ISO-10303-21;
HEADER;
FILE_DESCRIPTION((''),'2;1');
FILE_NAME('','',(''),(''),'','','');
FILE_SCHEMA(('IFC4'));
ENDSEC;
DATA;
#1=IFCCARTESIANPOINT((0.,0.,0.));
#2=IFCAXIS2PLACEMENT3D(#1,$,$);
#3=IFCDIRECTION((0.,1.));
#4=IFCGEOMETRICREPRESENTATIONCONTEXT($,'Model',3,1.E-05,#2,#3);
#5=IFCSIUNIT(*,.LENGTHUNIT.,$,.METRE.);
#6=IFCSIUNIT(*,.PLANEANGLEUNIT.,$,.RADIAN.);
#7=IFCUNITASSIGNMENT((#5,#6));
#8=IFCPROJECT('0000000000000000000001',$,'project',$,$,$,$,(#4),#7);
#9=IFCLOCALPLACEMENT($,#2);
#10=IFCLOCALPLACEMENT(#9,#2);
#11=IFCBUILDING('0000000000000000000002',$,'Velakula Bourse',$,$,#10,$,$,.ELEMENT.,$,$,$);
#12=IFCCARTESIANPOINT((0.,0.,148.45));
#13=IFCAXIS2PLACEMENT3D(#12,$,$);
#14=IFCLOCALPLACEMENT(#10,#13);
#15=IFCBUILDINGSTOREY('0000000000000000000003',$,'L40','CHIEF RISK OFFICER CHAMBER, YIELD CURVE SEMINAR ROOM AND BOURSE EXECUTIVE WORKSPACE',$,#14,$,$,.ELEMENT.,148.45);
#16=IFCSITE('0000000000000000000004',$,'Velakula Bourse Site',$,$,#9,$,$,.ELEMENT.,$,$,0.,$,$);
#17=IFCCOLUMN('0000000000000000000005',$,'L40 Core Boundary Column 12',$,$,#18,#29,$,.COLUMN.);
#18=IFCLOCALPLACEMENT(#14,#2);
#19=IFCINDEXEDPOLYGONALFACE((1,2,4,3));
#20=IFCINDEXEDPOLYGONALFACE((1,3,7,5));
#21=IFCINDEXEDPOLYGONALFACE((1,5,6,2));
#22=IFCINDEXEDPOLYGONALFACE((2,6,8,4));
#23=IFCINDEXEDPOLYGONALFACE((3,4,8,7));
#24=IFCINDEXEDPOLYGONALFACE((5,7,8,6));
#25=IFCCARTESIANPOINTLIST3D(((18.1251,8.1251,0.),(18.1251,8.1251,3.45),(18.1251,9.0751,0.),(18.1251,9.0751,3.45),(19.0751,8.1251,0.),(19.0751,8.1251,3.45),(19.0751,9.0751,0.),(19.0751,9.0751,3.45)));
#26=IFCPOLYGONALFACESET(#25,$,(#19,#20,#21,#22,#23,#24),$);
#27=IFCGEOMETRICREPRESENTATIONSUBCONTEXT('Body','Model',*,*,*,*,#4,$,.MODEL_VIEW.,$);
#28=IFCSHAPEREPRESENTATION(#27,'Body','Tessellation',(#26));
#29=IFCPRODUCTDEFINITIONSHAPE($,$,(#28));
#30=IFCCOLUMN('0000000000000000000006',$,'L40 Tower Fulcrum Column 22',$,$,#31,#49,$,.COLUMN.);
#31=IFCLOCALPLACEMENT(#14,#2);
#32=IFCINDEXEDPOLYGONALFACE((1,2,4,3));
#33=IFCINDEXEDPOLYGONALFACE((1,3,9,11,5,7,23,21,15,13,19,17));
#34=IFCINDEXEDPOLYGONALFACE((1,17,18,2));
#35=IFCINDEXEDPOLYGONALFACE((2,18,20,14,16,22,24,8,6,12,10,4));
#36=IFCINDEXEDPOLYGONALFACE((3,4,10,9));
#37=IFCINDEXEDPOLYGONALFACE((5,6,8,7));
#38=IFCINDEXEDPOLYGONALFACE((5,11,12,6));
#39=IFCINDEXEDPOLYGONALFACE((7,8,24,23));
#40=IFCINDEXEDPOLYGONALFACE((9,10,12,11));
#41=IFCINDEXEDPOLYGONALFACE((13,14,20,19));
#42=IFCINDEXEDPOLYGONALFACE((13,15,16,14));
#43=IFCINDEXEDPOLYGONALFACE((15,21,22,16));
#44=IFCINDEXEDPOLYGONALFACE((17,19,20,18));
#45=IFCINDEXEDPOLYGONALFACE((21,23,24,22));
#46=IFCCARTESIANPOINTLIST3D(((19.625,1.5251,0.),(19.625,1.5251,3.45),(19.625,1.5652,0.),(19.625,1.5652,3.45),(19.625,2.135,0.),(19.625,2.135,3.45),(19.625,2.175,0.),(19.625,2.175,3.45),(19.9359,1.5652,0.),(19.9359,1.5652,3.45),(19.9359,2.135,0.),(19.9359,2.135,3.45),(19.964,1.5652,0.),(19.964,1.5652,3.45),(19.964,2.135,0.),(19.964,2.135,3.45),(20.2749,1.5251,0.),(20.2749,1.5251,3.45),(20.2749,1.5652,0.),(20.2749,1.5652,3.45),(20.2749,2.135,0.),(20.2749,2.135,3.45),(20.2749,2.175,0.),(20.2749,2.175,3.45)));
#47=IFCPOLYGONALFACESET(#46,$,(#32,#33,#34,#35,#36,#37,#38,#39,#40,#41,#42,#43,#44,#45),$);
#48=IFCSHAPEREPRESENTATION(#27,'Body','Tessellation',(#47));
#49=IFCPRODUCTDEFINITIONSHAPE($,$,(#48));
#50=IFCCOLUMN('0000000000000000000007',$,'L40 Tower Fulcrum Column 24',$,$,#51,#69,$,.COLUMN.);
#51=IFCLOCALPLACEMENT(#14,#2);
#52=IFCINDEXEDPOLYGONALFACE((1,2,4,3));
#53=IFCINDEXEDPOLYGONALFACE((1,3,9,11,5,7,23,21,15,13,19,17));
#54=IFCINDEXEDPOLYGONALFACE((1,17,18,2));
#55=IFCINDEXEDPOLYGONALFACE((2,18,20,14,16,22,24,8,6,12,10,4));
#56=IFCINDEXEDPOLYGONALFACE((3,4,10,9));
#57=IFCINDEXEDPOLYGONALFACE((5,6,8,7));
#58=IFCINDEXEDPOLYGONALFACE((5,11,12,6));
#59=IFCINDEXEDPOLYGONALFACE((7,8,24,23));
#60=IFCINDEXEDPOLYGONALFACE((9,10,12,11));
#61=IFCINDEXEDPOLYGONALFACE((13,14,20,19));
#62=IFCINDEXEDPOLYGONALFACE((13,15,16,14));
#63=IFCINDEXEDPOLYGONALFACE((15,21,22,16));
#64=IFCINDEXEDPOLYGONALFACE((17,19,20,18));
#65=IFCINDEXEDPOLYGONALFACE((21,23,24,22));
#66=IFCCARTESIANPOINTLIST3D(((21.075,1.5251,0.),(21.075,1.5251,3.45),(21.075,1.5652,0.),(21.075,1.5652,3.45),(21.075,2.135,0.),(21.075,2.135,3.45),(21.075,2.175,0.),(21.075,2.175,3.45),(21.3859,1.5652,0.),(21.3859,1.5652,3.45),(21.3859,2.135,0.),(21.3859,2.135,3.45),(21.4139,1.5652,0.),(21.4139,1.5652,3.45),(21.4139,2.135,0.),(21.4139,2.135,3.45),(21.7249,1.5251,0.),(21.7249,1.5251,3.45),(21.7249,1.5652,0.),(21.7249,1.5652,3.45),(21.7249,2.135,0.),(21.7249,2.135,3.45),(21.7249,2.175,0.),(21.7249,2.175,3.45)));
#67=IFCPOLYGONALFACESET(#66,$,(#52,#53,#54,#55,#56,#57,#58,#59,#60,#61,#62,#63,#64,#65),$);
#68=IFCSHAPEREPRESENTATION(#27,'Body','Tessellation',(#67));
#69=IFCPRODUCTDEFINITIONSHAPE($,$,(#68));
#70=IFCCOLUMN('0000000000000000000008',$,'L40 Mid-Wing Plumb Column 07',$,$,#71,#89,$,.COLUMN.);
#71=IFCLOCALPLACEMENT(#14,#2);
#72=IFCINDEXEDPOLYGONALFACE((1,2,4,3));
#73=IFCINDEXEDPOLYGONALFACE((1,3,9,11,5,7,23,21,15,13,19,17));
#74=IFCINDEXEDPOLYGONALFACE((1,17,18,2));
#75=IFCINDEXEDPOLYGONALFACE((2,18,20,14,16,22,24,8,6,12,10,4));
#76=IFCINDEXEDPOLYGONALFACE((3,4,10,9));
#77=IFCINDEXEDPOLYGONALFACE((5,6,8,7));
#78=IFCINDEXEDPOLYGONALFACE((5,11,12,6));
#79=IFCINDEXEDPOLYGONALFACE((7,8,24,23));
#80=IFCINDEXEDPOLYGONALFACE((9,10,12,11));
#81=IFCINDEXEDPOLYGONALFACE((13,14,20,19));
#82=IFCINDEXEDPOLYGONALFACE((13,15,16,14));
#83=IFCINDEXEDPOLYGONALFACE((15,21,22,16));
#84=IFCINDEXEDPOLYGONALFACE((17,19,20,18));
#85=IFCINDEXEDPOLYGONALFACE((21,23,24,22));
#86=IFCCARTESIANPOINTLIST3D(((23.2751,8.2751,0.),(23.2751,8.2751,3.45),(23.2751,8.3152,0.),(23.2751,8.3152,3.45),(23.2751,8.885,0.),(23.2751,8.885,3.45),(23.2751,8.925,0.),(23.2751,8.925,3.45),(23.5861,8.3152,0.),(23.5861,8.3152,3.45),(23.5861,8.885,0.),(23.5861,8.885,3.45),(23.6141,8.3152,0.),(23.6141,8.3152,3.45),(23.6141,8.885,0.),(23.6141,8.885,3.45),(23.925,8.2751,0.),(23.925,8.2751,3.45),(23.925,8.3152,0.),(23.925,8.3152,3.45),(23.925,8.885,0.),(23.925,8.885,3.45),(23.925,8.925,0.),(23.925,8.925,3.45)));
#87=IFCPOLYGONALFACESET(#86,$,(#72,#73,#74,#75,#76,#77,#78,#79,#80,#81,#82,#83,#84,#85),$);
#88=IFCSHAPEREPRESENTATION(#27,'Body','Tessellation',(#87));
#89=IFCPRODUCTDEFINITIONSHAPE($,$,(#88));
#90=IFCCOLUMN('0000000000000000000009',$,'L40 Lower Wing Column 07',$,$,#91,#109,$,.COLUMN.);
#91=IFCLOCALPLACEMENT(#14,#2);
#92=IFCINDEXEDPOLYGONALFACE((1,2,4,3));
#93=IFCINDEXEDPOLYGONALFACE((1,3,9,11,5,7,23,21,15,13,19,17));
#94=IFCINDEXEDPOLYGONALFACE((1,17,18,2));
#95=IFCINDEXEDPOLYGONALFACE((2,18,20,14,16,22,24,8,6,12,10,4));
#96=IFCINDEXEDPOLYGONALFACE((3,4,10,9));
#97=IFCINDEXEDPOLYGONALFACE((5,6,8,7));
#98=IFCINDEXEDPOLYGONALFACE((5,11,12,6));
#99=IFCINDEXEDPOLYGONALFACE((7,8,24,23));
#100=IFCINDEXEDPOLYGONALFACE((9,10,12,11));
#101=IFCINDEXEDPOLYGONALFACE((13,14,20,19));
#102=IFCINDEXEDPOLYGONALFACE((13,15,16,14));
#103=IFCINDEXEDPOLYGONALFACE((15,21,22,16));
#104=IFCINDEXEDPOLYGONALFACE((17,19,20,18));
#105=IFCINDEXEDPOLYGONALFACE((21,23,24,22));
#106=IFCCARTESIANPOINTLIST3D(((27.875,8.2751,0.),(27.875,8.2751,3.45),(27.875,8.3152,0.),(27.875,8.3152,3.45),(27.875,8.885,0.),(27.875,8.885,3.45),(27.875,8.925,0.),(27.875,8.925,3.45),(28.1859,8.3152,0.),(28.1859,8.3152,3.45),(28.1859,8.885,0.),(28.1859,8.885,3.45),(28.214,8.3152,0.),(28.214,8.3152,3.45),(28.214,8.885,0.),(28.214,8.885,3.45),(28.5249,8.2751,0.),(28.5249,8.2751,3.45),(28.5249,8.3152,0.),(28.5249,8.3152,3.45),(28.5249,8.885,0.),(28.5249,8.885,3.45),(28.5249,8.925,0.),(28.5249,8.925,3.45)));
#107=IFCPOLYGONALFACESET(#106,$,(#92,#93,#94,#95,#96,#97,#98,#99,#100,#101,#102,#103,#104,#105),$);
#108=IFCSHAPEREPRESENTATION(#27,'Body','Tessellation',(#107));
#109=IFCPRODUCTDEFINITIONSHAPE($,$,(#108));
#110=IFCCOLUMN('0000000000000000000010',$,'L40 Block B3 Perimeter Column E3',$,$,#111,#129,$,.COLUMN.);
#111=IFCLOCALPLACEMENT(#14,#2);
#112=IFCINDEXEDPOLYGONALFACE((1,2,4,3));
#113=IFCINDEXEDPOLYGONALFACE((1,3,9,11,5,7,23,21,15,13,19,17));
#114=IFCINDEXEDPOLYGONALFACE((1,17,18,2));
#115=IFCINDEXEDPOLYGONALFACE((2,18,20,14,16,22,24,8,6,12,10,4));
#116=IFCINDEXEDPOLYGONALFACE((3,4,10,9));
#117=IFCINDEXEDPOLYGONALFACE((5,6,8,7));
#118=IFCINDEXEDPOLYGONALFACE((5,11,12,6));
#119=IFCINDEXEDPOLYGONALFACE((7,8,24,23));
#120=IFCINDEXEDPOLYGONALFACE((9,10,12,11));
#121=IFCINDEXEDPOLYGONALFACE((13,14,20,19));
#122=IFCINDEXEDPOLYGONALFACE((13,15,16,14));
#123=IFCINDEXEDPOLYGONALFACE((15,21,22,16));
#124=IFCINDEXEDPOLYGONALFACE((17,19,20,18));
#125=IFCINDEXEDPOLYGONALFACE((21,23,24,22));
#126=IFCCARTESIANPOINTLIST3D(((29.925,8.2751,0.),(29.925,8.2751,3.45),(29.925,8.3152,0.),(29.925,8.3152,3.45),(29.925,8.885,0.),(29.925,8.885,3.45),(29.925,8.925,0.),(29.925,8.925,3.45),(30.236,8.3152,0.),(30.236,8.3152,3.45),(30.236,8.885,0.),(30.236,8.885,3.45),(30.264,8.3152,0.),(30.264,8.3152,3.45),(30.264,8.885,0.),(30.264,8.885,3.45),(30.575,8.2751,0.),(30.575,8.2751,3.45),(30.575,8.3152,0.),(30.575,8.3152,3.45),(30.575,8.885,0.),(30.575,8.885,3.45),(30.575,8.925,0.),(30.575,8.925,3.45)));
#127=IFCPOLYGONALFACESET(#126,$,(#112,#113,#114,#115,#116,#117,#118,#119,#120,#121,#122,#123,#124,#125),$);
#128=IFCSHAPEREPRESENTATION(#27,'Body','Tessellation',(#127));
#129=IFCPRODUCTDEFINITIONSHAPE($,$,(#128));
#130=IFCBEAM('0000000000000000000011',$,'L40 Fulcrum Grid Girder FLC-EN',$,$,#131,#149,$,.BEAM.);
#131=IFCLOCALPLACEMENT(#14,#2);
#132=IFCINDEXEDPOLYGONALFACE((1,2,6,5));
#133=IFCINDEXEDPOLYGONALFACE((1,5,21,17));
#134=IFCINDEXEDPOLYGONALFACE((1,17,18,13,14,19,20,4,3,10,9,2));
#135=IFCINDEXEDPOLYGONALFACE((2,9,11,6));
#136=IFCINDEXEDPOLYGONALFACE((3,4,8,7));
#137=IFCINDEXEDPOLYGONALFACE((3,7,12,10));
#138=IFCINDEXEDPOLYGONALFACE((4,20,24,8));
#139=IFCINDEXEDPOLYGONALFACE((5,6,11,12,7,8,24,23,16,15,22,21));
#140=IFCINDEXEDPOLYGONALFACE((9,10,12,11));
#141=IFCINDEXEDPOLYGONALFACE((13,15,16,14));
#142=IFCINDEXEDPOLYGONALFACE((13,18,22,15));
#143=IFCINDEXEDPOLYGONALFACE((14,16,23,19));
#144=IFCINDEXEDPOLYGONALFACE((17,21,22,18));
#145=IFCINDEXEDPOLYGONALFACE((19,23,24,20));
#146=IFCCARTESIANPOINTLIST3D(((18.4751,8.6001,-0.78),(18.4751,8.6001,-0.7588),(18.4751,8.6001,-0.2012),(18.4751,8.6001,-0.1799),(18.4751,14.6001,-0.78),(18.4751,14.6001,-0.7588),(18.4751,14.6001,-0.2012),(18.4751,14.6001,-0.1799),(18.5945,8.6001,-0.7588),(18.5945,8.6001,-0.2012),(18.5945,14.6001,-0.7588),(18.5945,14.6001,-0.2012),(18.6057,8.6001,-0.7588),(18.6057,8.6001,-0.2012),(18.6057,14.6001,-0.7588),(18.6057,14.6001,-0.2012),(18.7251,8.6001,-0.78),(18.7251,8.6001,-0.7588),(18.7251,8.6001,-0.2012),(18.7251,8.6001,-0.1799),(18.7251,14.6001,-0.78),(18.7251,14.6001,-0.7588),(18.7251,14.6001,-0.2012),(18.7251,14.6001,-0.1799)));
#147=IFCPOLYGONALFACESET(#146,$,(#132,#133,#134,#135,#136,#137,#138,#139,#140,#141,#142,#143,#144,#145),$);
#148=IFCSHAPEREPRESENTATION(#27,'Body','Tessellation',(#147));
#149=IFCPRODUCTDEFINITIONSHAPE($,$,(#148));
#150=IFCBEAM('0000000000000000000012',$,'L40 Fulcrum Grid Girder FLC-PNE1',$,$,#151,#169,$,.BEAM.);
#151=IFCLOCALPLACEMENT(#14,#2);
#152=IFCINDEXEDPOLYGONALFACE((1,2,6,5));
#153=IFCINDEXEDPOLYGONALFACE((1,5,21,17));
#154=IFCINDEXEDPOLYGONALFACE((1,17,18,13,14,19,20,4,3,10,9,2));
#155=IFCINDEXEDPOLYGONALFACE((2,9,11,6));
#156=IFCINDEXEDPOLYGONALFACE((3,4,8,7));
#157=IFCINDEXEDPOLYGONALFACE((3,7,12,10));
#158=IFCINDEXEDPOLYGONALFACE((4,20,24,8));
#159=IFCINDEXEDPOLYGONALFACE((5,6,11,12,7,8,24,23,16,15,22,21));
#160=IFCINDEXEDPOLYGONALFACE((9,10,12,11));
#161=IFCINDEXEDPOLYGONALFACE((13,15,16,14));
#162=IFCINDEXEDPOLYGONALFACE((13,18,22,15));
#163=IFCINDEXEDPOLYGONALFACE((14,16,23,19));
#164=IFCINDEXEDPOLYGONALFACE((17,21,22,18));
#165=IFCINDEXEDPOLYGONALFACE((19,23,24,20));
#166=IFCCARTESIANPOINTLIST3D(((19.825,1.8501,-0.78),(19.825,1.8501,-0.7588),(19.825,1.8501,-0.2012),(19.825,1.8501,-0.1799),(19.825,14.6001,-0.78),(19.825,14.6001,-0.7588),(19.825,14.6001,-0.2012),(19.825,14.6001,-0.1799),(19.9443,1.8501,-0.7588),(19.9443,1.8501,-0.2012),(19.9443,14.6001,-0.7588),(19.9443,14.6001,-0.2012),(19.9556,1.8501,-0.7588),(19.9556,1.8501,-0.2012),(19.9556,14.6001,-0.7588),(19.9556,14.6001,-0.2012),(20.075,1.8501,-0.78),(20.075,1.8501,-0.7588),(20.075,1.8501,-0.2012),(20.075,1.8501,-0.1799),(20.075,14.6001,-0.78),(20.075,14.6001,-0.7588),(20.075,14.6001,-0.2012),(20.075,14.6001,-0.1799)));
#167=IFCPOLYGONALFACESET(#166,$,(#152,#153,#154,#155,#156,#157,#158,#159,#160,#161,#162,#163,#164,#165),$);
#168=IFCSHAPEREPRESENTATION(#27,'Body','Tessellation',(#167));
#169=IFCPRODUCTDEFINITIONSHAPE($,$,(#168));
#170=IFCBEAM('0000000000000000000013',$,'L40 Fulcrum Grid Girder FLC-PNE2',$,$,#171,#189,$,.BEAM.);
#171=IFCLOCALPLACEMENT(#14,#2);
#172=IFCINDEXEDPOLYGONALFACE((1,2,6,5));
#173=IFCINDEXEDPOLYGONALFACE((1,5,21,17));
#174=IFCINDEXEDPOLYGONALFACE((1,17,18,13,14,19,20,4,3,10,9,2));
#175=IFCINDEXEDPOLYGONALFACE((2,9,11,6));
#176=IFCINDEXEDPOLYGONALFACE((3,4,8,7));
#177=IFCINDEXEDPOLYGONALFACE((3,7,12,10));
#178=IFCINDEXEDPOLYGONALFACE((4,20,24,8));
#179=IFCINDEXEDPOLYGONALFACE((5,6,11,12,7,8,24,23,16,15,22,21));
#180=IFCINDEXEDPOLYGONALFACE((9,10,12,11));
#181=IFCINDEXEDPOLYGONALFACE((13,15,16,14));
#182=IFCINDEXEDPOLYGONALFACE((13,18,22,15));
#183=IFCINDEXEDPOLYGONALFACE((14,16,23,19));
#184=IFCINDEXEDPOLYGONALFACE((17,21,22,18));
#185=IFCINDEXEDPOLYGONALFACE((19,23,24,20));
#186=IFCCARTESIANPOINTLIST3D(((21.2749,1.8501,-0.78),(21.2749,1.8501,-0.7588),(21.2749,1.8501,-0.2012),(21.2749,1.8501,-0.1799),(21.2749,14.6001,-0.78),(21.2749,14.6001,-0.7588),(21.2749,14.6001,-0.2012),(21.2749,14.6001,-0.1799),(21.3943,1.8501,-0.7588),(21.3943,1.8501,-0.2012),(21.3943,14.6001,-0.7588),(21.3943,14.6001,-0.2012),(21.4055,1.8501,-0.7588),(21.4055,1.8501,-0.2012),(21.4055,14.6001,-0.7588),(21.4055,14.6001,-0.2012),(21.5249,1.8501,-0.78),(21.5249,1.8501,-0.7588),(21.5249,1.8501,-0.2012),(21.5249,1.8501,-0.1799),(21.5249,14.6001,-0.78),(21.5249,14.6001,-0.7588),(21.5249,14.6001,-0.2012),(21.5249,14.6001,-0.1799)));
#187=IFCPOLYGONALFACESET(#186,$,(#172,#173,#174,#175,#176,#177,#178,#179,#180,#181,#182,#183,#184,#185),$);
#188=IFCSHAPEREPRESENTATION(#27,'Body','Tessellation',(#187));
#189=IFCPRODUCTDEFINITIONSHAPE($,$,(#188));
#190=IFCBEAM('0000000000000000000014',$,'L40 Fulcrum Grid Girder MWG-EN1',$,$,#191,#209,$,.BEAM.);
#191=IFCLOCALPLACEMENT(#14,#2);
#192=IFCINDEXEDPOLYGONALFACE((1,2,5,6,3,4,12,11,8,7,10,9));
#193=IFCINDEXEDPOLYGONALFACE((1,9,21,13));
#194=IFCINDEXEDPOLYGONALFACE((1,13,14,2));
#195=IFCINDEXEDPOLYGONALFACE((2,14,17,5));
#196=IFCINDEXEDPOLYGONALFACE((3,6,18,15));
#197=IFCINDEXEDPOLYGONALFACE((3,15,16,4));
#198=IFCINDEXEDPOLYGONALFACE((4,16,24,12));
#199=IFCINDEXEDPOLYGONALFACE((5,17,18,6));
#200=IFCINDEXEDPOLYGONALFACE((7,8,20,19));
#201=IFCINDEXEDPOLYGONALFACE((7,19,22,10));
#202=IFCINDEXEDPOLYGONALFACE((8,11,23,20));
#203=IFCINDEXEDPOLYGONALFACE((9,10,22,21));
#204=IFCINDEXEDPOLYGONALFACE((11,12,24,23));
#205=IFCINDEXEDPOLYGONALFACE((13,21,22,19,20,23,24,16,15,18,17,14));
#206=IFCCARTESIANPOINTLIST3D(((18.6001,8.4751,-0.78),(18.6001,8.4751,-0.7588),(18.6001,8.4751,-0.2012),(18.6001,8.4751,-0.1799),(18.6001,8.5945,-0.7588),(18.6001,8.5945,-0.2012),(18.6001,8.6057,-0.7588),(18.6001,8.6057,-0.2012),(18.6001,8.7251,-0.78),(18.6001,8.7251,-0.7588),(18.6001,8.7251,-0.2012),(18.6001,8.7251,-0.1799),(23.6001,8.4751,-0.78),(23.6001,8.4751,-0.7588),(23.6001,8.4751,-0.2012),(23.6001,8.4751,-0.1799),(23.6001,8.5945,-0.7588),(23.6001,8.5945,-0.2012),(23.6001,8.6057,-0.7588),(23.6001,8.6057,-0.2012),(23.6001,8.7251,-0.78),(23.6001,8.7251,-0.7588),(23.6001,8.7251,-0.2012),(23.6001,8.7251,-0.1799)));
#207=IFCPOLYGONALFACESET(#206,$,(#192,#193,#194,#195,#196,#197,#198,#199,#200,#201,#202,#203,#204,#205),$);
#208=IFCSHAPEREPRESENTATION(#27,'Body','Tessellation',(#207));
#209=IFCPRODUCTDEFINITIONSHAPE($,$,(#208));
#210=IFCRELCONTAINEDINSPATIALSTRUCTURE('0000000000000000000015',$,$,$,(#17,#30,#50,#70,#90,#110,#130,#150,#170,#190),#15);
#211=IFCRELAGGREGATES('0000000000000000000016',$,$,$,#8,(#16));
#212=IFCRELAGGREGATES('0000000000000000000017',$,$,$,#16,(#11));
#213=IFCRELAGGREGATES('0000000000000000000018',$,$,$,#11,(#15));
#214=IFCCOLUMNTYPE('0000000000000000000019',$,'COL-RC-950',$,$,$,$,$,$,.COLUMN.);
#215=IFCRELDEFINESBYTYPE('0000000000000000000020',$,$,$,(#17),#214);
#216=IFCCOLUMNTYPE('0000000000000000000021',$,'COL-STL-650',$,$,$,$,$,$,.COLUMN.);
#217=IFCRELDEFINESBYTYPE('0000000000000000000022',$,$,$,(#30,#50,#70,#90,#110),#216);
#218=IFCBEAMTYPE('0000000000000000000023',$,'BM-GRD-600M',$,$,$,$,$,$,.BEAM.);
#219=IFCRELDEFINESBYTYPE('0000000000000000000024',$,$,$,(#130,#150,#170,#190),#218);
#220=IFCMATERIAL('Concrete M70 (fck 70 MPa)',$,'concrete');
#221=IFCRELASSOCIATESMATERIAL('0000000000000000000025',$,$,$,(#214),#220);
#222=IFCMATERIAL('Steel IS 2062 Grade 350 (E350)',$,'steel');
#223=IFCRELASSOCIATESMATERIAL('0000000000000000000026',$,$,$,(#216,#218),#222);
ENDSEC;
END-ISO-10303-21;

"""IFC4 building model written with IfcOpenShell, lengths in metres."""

from ifc_helpers import new_model, si_unit, direction, frame, origin, origin_2d, place, context, subcontext, project, spatial, rectangle, i_section, extrude, material, material_profile, profile_set, type_object, element, save


model = new_model("IFC4")

# Units and contexts
model_context = context("Model", 3, precision=1e-05, world=origin(), true_north=direction((0.0, 1.0)))
body_context = subcontext(model_context, "Body", "Model", "MODEL_VIEW")
ifc_project = project(units=[si_unit("LENGTHUNIT", "METRE"), si_unit("PLANEANGLEUNIT", "RADIAN")], contexts=[model_context])

# Site, building, storey
site_placement = place(None, origin())
site = spatial("IfcSite", under=ifc_project, at=site_placement, Name="Velakula Bourse Site", CompositionType="ELEMENT", RefElevation=0.0)
building_placement = place(site_placement, origin())
building = spatial("IfcBuilding", under=site, at=building_placement, Name="Velakula Bourse", CompositionType="ELEMENT")
storey_placement = place(building_placement, frame((0.0, 0.0, 148.45)))
storey = spatial("IfcBuildingStorey", under=building, at=storey_placement, Name="L40", Description="CHIEF RISK OFFICER CHAMBER, YIELD CURVE SEMINAR ROOM AND BOURSE EXECUTIVE WORKSPACE", CompositionType="ELEMENT", Elevation=148.45)

# Columns
ifc_material_1 = material(Name="Concrete M70 (fck 70 MPa)", Category="concrete")
ifc_material_profile_1 = material_profile(ifc_material_1, rectangle(XDim=0.95, YDim=0.95, at=origin_2d()), Name="Concrete M70 (fck 70 MPa)")
ifc_profile_set_1 = profile_set([ifc_material_profile_1], Name="Concrete M70 (fck 70 MPa)")
column_type_1 = type_object("IfcColumnType", Name="COL-RC-950", PredefinedType="COLUMN", material=ifc_profile_set_1)
column_placement = place(storey_placement, frame((18.6001, 8.6001, 0.0), z_axis=(0.0, 0.0, 1.0), x_axis=(1.0, 0.0, 0.0)))
element("IfcColumn", 1, at=column_placement, inside=storey, type_object=column_type_1, Name="L40 Core Boundary Column 12", PredefinedType="COLUMN", context=body_context, shape_type="SweptSolid", body=[
    extrude(rectangle(XDim=0.95, YDim=0.95, at=origin_2d()), origin(), (0.0, 0.0, 1.0), 3.45),
])
ifc_material_2 = material(Name="Steel IS 2062 Grade 350 (E350)", Category="steel")
ifc_material_profile_2 = material_profile(ifc_material_2, i_section(OverallWidth=0.6499, OverallDepth=0.6499, WebThickness=0.0281, FlangeThickness=0.04, at=origin_2d()), Name="Steel IS 2062 Grade 350 (E350)")
ifc_profile_set_2 = profile_set([ifc_material_profile_2], Name="Steel IS 2062 Grade 350 (E350)")
column_type_2 = type_object("IfcColumnType", Name="COL-STL-650", PredefinedType="COLUMN", material=ifc_profile_set_2)
for number, where, z_axis, x_axis, name in (
    (2, (19.95, 1.8501, 0.0), (0.0, 0.0, 1.0), (1.0, 0.0, 0.0), "L40 Tower Fulcrum Column 22"),
    (3, (21.3999, 1.8501, 0.0), (0.0, 0.0, 1.0), (1.0, 0.0, 0.0), "L40 Tower Fulcrum Column 24"),
    (4, (23.6001, 8.6001, 0.0), (0.0, 0.0, 1.0), (1.0, 0.0, 0.0), "L40 Mid-Wing Plumb Column 07"),
    (5, (28.2, 8.6001, 0.0), (0.0, 0.0, 1.0), (1.0, 0.0, 0.0), "L40 Lower Wing Column 07"),
    (6, (30.25, 8.6001, 0.0), (0.0, 0.0, 1.0), (1.0, 0.0, 0.0), "L40 Block B3 Perimeter Column E3"),
):
    element("IfcColumn", number, at=place(storey_placement, frame(where, z_axis=z_axis, x_axis=x_axis)), inside=storey, type_object=column_type_2, Name=name, PredefinedType="COLUMN", context=body_context, shape_type="SweptSolid", body=[
        extrude(i_section(OverallWidth=0.6499, OverallDepth=0.6499, WebThickness=0.0281, FlangeThickness=0.04, at=origin_2d()), origin(), (0.0, 0.0, 1.0), 3.45),
    ])

# Beams
ifc_material_profile_3 = material_profile(ifc_material_2, i_section(OverallWidth=0.25, OverallDepth=0.6001, WebThickness=0.0112, FlangeThickness=0.0212, at=origin_2d()), Name="Steel IS 2062 Grade 350 (E350)")
ifc_profile_set_3 = profile_set([ifc_material_profile_3], Name="Steel IS 2062 Grade 350 (E350)")
beam_type_1 = type_object("IfcBeamType", Name="BM-GRD-600M", PredefinedType="BEAM", material=ifc_profile_set_3)
beam_1_placement = place(storey_placement, frame((18.6001, 8.6001, -0.48), z_axis=(0.0, 1.0, 0.0), x_axis=(-1.0, 0.0, 0.0)))
element("IfcBeam", 7, at=beam_1_placement, inside=storey, type_object=beam_type_1, Name="L40 Fulcrum Grid Girder FLC-EN", PredefinedType="BEAM", context=body_context, shape_type="SweptSolid", body=[
    extrude(i_section(OverallWidth=0.25, OverallDepth=0.6001, WebThickness=0.0112, FlangeThickness=0.0212, at=origin_2d()), origin(), (0.0, 0.0, 1.0), 6.0),
])
for number, where, z_axis, x_axis, name in (
    (8, (19.95, 1.8501, -0.48), (0.0, 1.0, 0.0), (-1.0, 0.0, 0.0), "L40 Fulcrum Grid Girder FLC-PNE1"),
    (9, (21.3999, 1.8501, -0.48), (0.0, 1.0, 0.0), (-1.0, 0.0, 0.0), "L40 Fulcrum Grid Girder FLC-PNE2"),
):
    element("IfcBeam", number, at=place(storey_placement, frame(where, z_axis=z_axis, x_axis=x_axis)), inside=storey, type_object=beam_type_1, Name=name, PredefinedType="BEAM", context=body_context, shape_type="SweptSolid", body=[
        extrude(i_section(OverallWidth=0.25, OverallDepth=0.6001, WebThickness=0.0112, FlangeThickness=0.0212, at=origin_2d()), origin(), (0.0, 0.0, 1.0), 12.75),
    ])
beam_2_placement = place(storey_placement, frame((18.6001, 8.6001, -0.48), z_axis=(1.0, 0.0, 0.0), x_axis=(0.0, 1.0, 0.0)))
element("IfcBeam", 10, at=beam_2_placement, inside=storey, type_object=beam_type_1, Name="L40 Fulcrum Grid Girder MWG-EN1", PredefinedType="BEAM", context=body_context, shape_type="SweptSolid", body=[
    extrude(i_section(OverallWidth=0.25, OverallDepth=0.6001, WebThickness=0.0112, FlangeThickness=0.0212, at=origin_2d()), origin(), (0.0, 0.0, 1.0), 5.0),
])

save(model, "model.ifc")
